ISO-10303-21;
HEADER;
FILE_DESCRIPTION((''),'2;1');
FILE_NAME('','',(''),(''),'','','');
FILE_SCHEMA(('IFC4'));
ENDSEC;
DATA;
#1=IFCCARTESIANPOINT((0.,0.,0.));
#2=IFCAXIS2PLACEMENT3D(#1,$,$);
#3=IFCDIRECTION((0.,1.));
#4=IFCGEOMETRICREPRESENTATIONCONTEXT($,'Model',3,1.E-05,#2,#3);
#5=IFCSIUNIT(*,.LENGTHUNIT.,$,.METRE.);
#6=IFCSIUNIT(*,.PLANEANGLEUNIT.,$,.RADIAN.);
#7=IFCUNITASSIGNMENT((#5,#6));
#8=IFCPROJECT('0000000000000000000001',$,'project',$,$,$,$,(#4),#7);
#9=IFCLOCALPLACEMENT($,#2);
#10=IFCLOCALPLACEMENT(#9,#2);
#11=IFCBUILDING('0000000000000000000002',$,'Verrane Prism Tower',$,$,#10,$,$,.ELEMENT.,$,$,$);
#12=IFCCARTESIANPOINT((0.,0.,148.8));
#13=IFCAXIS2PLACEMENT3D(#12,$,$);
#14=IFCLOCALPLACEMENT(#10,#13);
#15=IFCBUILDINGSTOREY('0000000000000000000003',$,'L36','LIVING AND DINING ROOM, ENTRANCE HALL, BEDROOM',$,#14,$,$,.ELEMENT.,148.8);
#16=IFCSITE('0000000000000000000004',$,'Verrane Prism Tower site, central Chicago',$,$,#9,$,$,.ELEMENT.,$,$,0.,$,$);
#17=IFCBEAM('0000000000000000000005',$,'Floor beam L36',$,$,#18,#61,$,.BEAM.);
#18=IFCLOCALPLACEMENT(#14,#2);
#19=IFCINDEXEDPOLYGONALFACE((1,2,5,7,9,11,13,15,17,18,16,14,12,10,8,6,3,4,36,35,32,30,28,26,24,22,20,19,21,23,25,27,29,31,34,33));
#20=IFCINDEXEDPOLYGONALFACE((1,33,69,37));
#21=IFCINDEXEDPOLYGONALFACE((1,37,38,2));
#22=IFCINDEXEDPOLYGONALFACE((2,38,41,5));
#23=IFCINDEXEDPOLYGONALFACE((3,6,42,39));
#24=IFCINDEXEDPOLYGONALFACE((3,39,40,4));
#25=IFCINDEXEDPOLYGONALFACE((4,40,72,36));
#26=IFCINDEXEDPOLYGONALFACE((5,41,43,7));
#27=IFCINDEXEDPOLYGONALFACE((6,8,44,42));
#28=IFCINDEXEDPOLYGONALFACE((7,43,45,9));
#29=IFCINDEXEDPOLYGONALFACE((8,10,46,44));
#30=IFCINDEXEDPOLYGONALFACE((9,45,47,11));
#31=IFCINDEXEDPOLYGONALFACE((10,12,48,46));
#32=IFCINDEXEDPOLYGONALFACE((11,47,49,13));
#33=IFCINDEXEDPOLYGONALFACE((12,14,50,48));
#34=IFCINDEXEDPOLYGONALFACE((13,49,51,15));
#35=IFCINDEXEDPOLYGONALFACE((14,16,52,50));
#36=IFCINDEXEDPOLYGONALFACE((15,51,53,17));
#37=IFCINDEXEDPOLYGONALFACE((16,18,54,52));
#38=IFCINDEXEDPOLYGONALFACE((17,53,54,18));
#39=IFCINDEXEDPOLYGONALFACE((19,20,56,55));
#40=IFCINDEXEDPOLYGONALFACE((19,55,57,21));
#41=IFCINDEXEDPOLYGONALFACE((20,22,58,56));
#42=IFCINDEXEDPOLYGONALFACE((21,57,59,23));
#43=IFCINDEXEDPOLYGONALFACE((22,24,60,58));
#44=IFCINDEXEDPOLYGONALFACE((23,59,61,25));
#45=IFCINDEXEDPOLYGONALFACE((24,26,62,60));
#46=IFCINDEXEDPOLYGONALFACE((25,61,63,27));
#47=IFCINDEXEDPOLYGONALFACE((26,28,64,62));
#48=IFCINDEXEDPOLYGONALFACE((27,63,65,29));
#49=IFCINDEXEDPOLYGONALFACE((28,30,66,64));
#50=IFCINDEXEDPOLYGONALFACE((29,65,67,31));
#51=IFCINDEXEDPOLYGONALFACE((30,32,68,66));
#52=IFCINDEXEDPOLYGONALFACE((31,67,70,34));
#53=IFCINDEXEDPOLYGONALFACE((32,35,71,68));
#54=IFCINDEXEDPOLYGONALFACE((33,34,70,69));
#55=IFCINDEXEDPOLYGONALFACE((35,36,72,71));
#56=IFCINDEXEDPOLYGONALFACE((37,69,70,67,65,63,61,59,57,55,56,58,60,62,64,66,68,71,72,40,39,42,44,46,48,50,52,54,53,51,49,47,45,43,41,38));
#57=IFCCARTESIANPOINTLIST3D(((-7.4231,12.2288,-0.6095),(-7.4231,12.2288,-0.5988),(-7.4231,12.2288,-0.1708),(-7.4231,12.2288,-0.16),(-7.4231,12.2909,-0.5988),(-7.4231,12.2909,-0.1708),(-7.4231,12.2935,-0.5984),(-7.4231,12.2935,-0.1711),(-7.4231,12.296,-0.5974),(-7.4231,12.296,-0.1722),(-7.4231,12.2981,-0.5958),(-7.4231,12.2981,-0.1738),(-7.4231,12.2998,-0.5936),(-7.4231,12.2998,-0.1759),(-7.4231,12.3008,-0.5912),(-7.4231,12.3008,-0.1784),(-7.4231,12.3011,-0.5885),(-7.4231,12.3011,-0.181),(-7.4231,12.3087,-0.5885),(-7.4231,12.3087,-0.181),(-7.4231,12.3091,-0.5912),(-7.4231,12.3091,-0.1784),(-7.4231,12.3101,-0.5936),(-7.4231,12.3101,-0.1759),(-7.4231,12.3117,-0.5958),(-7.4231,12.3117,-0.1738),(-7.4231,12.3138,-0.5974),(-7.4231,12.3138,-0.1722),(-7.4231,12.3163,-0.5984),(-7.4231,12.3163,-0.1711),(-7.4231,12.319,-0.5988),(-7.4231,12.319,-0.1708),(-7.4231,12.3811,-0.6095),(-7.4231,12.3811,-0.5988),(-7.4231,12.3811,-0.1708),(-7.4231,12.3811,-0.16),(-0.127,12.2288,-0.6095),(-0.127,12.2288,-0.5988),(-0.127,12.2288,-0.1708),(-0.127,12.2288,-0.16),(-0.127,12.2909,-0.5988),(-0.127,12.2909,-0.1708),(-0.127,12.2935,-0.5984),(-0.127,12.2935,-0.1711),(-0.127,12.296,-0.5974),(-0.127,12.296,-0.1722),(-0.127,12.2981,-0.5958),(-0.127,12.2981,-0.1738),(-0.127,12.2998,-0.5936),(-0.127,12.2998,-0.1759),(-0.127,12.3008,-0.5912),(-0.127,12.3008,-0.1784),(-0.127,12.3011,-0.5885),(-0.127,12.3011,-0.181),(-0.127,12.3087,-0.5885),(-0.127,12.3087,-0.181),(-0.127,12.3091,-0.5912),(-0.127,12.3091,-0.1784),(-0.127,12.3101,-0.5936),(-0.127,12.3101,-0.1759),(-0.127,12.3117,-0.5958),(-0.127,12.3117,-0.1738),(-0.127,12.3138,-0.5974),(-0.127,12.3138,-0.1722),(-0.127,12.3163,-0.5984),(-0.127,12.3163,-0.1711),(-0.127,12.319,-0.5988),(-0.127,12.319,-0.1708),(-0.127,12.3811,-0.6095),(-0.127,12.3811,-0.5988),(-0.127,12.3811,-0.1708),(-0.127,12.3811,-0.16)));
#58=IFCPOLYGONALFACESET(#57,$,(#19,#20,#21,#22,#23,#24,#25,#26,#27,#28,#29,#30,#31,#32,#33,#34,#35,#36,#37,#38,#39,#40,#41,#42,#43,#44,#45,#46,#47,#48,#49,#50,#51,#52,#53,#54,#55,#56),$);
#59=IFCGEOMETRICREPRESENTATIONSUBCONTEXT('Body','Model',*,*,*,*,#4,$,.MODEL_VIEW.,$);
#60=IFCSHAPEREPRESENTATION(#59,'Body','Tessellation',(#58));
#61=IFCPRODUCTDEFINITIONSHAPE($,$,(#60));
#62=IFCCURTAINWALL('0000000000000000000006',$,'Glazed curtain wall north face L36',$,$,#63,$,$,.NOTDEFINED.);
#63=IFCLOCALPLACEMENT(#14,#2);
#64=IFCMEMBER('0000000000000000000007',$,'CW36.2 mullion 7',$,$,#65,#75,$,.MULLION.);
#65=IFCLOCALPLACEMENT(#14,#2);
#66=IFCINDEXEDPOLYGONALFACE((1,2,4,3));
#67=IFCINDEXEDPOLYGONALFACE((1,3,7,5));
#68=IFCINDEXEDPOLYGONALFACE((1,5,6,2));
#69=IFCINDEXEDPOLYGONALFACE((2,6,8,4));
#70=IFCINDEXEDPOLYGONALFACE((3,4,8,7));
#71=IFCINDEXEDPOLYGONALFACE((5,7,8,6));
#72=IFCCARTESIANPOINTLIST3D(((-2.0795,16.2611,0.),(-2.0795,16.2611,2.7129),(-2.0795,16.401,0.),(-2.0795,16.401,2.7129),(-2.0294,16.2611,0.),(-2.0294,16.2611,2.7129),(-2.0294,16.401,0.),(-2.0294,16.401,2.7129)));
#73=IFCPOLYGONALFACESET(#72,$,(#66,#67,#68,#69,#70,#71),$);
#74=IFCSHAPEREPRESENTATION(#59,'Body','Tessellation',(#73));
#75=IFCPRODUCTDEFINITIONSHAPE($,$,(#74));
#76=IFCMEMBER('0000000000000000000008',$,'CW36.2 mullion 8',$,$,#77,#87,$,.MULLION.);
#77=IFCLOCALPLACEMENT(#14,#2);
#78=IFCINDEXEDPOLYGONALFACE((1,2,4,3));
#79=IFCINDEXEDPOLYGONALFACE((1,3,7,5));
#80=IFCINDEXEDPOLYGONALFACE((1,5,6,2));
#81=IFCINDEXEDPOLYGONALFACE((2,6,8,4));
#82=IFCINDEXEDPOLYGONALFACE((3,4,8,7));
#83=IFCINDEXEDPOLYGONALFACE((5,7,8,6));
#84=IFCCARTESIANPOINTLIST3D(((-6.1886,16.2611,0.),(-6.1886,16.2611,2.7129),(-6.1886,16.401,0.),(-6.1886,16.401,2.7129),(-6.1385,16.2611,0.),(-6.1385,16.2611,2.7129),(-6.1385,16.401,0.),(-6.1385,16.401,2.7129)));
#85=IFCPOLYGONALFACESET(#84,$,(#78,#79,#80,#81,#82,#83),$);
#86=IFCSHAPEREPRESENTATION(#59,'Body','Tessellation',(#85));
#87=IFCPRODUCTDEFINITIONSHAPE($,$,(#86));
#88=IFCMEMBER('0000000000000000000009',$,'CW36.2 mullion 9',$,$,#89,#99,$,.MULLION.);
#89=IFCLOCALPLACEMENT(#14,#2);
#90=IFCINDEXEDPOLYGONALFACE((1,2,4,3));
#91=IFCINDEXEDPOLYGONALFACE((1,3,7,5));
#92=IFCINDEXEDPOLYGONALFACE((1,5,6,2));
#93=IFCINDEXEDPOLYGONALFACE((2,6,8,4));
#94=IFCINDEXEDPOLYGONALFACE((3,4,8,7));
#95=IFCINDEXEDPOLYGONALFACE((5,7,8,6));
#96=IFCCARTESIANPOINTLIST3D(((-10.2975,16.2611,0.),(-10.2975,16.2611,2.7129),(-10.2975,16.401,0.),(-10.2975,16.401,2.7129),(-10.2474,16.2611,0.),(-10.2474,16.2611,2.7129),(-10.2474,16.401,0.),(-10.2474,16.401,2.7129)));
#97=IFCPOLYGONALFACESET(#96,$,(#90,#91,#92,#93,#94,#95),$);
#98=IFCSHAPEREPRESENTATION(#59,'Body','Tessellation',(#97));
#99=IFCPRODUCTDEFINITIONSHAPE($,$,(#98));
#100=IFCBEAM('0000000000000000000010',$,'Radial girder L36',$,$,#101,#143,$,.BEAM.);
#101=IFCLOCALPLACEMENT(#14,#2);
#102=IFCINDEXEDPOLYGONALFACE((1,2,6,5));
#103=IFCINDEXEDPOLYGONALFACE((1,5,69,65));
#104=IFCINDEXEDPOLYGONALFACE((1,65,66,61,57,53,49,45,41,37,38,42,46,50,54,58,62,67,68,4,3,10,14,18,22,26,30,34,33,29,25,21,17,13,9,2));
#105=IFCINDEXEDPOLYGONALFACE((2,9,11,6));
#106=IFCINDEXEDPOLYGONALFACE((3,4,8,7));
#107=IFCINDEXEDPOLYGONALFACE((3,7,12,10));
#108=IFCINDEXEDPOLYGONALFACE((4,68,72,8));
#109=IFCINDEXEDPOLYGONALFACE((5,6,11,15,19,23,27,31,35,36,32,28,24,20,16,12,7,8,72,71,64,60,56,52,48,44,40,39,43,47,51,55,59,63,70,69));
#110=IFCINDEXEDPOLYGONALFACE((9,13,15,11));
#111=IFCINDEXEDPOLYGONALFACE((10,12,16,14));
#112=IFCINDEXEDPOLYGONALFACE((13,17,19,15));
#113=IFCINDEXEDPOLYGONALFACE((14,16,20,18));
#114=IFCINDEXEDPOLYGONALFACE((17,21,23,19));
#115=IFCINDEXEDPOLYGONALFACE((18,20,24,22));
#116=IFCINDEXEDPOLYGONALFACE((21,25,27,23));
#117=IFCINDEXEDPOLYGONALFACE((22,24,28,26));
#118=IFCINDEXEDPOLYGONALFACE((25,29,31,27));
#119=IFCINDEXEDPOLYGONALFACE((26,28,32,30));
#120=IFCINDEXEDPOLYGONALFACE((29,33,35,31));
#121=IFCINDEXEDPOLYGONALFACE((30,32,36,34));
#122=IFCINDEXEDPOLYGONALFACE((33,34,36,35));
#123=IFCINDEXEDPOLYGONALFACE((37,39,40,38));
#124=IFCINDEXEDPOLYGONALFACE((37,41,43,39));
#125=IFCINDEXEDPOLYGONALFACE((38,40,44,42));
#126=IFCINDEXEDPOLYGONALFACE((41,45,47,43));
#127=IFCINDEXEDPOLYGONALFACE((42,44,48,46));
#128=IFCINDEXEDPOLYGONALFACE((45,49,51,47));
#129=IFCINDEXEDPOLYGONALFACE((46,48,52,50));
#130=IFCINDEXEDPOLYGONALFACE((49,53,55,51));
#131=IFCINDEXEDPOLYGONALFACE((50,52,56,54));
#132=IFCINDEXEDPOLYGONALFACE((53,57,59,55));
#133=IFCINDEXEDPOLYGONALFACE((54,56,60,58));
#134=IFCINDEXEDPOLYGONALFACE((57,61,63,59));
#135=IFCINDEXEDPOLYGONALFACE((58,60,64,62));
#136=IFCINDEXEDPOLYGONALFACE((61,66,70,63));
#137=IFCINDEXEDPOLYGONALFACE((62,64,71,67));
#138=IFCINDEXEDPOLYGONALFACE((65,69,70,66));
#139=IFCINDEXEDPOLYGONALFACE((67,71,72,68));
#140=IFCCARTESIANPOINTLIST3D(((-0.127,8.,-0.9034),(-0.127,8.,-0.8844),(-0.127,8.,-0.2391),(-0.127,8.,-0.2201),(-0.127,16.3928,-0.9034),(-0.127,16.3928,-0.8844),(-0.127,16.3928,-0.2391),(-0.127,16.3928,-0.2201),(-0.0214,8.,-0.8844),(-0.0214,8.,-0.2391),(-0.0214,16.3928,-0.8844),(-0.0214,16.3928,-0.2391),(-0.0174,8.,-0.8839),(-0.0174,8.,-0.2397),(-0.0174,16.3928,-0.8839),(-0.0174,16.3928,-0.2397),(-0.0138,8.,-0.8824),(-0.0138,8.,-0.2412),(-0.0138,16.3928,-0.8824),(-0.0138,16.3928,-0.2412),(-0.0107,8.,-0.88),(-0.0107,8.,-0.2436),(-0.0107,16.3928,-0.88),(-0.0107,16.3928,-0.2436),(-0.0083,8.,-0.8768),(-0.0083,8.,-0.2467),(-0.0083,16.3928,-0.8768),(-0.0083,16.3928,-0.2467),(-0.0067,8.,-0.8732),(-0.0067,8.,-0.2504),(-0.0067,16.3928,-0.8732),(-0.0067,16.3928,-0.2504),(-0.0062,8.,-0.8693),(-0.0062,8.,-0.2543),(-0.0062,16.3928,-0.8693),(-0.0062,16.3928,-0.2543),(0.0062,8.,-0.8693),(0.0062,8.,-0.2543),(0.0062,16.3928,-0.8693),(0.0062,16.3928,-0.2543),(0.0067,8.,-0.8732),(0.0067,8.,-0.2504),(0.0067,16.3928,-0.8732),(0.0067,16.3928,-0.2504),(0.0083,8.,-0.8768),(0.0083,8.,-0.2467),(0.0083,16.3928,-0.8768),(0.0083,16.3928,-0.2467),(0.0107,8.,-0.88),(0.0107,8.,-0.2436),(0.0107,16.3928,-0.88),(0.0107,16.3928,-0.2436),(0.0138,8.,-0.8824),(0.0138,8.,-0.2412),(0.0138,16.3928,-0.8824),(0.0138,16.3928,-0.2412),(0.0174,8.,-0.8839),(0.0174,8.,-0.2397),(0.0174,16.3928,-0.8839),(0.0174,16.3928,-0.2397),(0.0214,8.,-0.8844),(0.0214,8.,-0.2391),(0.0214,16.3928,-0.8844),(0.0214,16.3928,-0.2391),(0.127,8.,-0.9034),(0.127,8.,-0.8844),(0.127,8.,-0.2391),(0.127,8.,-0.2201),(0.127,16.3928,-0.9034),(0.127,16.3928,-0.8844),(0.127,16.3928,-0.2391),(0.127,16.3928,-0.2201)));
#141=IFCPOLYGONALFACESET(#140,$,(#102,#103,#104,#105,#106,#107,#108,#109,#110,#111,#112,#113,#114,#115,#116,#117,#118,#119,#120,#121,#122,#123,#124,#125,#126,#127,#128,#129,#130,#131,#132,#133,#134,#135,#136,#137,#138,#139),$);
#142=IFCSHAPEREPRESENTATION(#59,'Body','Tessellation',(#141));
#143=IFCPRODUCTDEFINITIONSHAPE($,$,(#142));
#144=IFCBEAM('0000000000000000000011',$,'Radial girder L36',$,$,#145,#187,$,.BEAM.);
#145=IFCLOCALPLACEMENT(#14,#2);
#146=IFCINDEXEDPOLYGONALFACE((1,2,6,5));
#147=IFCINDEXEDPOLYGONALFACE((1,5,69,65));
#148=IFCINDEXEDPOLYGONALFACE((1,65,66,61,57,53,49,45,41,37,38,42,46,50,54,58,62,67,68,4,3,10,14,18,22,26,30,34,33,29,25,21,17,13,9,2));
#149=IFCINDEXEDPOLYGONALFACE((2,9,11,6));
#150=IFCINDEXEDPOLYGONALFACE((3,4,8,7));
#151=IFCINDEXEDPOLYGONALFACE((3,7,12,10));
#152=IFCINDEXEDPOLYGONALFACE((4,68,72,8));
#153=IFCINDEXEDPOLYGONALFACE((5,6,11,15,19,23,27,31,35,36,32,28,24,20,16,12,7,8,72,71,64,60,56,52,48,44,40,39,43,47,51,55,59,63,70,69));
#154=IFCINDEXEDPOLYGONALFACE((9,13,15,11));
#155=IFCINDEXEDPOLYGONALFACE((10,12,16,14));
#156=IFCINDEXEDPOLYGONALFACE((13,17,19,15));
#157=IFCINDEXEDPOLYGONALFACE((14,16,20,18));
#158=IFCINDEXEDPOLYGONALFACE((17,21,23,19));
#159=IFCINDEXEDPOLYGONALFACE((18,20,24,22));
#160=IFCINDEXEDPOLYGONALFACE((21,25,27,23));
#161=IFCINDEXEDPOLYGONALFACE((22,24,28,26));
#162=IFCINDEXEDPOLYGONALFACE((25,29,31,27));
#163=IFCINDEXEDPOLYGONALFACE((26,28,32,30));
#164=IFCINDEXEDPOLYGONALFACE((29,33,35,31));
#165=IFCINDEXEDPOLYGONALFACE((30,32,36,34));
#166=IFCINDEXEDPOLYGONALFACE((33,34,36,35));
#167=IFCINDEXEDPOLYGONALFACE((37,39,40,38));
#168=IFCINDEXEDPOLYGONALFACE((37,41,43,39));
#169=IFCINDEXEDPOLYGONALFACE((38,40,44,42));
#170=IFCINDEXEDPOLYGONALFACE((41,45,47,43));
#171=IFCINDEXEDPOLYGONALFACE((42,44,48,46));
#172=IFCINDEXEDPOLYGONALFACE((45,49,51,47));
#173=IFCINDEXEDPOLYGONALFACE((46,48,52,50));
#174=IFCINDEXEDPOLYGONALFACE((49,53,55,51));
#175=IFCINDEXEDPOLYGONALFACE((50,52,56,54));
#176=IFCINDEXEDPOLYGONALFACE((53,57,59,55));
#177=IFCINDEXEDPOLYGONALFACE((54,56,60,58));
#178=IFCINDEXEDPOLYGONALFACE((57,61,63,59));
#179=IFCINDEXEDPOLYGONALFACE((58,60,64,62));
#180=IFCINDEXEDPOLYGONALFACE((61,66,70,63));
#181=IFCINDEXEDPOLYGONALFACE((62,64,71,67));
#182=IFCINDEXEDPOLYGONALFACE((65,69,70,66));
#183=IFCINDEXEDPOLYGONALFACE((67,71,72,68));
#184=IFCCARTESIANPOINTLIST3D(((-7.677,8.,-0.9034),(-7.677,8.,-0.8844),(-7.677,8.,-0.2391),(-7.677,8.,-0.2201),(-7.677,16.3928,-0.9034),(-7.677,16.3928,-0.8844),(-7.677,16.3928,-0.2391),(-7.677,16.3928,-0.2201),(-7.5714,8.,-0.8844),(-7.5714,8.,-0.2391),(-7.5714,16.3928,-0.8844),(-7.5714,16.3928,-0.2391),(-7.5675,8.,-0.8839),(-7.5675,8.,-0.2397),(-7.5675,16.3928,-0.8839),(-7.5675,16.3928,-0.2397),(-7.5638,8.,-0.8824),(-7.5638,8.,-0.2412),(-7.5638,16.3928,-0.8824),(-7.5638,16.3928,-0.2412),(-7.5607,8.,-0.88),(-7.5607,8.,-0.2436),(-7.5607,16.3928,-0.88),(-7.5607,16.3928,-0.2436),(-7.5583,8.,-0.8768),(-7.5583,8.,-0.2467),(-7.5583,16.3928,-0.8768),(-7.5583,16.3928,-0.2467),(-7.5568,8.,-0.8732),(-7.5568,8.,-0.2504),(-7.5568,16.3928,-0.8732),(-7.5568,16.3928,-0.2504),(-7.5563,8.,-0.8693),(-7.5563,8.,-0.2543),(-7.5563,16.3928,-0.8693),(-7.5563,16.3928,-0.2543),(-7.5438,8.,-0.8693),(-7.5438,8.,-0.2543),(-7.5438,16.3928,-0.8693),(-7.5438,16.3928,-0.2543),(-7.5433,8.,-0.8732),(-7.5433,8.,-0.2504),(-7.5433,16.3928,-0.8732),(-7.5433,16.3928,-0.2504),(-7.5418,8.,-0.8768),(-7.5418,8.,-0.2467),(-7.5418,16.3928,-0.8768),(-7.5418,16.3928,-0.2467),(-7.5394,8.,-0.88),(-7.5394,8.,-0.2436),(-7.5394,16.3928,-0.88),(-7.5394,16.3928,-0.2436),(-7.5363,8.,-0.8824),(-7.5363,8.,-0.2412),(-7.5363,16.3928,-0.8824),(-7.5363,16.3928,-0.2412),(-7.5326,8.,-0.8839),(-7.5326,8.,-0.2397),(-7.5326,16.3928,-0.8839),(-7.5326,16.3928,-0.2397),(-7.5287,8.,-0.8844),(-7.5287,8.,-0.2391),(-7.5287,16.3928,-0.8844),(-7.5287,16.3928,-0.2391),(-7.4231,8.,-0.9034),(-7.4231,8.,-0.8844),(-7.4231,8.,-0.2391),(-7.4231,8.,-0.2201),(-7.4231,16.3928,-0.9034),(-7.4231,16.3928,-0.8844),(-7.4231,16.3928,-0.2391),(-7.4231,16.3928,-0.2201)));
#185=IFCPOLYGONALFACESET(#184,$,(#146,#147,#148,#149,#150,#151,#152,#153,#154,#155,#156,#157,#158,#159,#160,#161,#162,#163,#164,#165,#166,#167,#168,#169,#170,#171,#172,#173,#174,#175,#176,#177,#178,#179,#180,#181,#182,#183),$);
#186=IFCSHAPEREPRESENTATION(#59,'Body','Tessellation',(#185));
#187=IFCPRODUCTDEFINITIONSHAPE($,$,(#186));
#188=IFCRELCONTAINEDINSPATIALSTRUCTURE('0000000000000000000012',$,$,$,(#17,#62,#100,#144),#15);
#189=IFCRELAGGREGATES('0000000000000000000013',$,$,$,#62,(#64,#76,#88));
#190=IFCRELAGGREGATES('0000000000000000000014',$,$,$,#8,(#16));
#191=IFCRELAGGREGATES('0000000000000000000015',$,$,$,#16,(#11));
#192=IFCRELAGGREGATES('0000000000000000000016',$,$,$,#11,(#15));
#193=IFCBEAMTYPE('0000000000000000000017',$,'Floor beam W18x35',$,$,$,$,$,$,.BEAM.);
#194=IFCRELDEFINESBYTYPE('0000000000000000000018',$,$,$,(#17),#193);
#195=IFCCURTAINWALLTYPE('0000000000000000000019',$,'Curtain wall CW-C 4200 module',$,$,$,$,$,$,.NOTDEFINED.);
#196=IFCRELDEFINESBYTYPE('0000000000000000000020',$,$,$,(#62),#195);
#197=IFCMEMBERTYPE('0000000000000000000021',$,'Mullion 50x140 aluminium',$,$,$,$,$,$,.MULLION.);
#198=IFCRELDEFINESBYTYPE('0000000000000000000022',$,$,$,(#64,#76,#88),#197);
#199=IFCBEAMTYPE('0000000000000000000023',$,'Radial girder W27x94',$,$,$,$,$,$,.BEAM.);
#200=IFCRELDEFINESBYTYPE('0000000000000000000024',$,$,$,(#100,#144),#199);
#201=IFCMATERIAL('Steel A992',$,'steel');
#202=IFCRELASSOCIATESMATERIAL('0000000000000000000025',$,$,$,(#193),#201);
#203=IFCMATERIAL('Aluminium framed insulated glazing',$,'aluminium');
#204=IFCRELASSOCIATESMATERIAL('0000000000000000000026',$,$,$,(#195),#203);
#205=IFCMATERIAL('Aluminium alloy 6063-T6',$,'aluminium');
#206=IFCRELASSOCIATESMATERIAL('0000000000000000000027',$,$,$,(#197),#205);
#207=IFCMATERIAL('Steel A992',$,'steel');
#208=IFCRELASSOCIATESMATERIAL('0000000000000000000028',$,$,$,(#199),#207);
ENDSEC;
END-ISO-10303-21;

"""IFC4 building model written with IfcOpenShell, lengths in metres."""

from ifc_helpers import new_model, si_unit, direction, frame, origin, origin_2d, place, context, subcontext, project, spatial, rectangle, i_section, extrude, material, material_profile, profile_set, type_object, element, aggregate, save


model = new_model("IFC4")

# Units and contexts
model_context = context("Model", 3, precision=1e-05, world=origin(), true_north=direction((0.0, 1.0)))
body_context = subcontext(model_context, "Body", "Model", "MODEL_VIEW")
ifc_project = project(units=[si_unit("LENGTHUNIT", "METRE"), si_unit("PLANEANGLEUNIT", "RADIAN")], contexts=[model_context])

# Site, building, storey
site_placement = place(None, origin())
site = spatial("IfcSite", under=ifc_project, at=site_placement, Name="Verrane Prism Tower site, central Chicago", CompositionType="ELEMENT", RefElevation=0.0)
building_placement = place(site_placement, origin())
building = spatial("IfcBuilding", under=site, at=building_placement, Name="Verrane Prism Tower", CompositionType="ELEMENT")
storey_placement = place(building_placement, frame((0.0, 0.0, 148.8)))
storey = spatial("IfcBuildingStorey", under=building, at=storey_placement, Name="L36", Description="LIVING AND DINING ROOM, ENTRANCE HALL, BEDROOM", CompositionType="ELEMENT", Elevation=148.8)

# Beam
ifc_material_1 = material(Name="Steel A992", Category="steel")
ifc_material_profile_1 = material_profile(ifc_material_1, i_section(OverallWidth=0.1523, OverallDepth=0.4495, WebThickness=0.0076, FlangeThickness=0.0107, FilletRadius=0.0103, at=origin_2d()), Name="W18x35")
ifc_profile_set_1 = profile_set([ifc_material_profile_1], Name="Steel A992")
beam_type_1 = type_object("IfcBeamType", Name="Floor beam W18x35", PredefinedType="BEAM", material=ifc_profile_set_1)
beam_1_placement = place(storey_placement, frame((-7.4231, 12.3049, -0.3848), z_axis=(1.0, 0.0, 0.0), x_axis=(0.0, 1.0, 0.0)))
element("IfcBeam", 1, at=beam_1_placement, inside=storey, type_object=beam_type_1, Name="Floor beam L36", PredefinedType="BEAM", context=body_context, shape_type="SweptSolid", body=[
    extrude(i_section(OverallWidth=0.1523, OverallDepth=0.4495, WebThickness=0.0076, FlangeThickness=0.0107, FilletRadius=0.0103, at=origin_2d()), origin(), (0.0, 0.0, 1.0), 7.2961),
])

# Curtain wall, members
ifc_material_2 = material(Name="Aluminium framed insulated glazing", Category="aluminium")
curtain_wall_type = type_object("IfcCurtainWallType", Name="Curtain wall CW-C 4200 module", PredefinedType="NOTDEFINED", material=ifc_material_2)
curtain_wall_placement = place(storey_placement, origin())
curtain_wall = element("IfcCurtainWall", 2, at=curtain_wall_placement, inside=storey, type_object=curtain_wall_type, Name="Glazed curtain wall north face L36", PredefinedType="NOTDEFINED")
ifc_material_3 = material(Name="Aluminium alloy 6063-T6", Category="aluminium")
ifc_material_profile_2 = material_profile(ifc_material_3, rectangle(XDim=0.1399, YDim=0.05, at=origin_2d()), Name="Mullion 50x140 aluminium")
ifc_profile_set_2 = profile_set([ifc_material_profile_2], Name="Aluminium alloy 6063-T6")
member_type_1 = type_object("IfcMemberType", Name="Mullion 50x140 aluminium", PredefinedType="MULLION", material=ifc_profile_set_2)
member_1_placement = place(storey_placement, frame((-2.0544, 16.3311, 0.0), z_axis=(0.0, 0.0, 1.0), x_axis=(0.0, -1.0, 0.0)))
member_1 = element("IfcMember", 3, at=member_1_placement, type_object=member_type_1, Name="CW36.2 mullion 7", PredefinedType="MULLION", context=body_context, shape_type="SweptSolid", body=[
    extrude(rectangle(XDim=0.1399, YDim=0.05, at=origin_2d()), origin(), (0.0, 0.0, 1.0), 2.7129),
])
member_2_placement = place(storey_placement, frame((-6.1636, 16.3311, 0.0), z_axis=(0.0, 0.0, 1.0), x_axis=(0.0, -1.0, 0.0)))
member_2 = element("IfcMember", 4, at=member_2_placement, type_object=member_type_1, Name="CW36.2 mullion 8", PredefinedType="MULLION", context=body_context, shape_type="SweptSolid", body=[
    extrude(rectangle(XDim=0.1399, YDim=0.05, at=origin_2d()), origin(), (0.0, 0.0, 1.0), 2.7129),
])
member_3_placement = place(storey_placement, frame((-10.2725, 16.3311, 0.0), z_axis=(0.0, 0.0, 1.0), x_axis=(0.0, -1.0, 0.0)))
member_3 = element("IfcMember", 5, at=member_3_placement, type_object=member_type_1, Name="CW36.2 mullion 9", PredefinedType="MULLION", context=body_context, shape_type="SweptSolid", body=[
    extrude(rectangle(XDim=0.1399, YDim=0.05, at=origin_2d()), origin(), (0.0, 0.0, 1.0), 2.7129),
])

# Beams
ifc_material_4 = material(Name="Steel A992", Category="steel")
ifc_material_profile_3 = material_profile(ifc_material_4, i_section(OverallWidth=0.2539, OverallDepth=0.6833, WebThickness=0.0125, FlangeThickness=0.019, FilletRadius=0.0151, at=origin_2d()), Name="W27x94")
ifc_profile_set_3 = profile_set([ifc_material_profile_3], Name="Steel A992")
beam_type_2 = type_object("IfcBeamType", Name="Radial girder W27x94", PredefinedType="BEAM", material=ifc_profile_set_3)
for number, where, z_axis, x_axis, name in (
    (6, (0.0, 16.3928, -0.5618), (0.0, -1.0, 0.0), (1.0, 0.0, 0.0), "Radial girder L36"),
    (7, (-7.55, 16.3928, -0.5618), (0.0, -1.0, 0.0), (1.0, 0.0, 0.0), "Radial girder L36"),
):
    element("IfcBeam", number, at=place(storey_placement, frame(where, z_axis=z_axis, x_axis=x_axis)), inside=storey, type_object=beam_type_2, Name=name, PredefinedType="BEAM", context=body_context, shape_type="SweptSolid", body=[
        extrude(i_section(OverallWidth=0.2539, OverallDepth=0.6833, WebThickness=0.0125, FlangeThickness=0.019, FilletRadius=0.0151, at=origin_2d()), origin(), (0.0, 0.0, 1.0), 8.3928),
    ])

aggregate(curtain_wall, [member_1, member_2, member_3])

save(model, "model.ifc")
